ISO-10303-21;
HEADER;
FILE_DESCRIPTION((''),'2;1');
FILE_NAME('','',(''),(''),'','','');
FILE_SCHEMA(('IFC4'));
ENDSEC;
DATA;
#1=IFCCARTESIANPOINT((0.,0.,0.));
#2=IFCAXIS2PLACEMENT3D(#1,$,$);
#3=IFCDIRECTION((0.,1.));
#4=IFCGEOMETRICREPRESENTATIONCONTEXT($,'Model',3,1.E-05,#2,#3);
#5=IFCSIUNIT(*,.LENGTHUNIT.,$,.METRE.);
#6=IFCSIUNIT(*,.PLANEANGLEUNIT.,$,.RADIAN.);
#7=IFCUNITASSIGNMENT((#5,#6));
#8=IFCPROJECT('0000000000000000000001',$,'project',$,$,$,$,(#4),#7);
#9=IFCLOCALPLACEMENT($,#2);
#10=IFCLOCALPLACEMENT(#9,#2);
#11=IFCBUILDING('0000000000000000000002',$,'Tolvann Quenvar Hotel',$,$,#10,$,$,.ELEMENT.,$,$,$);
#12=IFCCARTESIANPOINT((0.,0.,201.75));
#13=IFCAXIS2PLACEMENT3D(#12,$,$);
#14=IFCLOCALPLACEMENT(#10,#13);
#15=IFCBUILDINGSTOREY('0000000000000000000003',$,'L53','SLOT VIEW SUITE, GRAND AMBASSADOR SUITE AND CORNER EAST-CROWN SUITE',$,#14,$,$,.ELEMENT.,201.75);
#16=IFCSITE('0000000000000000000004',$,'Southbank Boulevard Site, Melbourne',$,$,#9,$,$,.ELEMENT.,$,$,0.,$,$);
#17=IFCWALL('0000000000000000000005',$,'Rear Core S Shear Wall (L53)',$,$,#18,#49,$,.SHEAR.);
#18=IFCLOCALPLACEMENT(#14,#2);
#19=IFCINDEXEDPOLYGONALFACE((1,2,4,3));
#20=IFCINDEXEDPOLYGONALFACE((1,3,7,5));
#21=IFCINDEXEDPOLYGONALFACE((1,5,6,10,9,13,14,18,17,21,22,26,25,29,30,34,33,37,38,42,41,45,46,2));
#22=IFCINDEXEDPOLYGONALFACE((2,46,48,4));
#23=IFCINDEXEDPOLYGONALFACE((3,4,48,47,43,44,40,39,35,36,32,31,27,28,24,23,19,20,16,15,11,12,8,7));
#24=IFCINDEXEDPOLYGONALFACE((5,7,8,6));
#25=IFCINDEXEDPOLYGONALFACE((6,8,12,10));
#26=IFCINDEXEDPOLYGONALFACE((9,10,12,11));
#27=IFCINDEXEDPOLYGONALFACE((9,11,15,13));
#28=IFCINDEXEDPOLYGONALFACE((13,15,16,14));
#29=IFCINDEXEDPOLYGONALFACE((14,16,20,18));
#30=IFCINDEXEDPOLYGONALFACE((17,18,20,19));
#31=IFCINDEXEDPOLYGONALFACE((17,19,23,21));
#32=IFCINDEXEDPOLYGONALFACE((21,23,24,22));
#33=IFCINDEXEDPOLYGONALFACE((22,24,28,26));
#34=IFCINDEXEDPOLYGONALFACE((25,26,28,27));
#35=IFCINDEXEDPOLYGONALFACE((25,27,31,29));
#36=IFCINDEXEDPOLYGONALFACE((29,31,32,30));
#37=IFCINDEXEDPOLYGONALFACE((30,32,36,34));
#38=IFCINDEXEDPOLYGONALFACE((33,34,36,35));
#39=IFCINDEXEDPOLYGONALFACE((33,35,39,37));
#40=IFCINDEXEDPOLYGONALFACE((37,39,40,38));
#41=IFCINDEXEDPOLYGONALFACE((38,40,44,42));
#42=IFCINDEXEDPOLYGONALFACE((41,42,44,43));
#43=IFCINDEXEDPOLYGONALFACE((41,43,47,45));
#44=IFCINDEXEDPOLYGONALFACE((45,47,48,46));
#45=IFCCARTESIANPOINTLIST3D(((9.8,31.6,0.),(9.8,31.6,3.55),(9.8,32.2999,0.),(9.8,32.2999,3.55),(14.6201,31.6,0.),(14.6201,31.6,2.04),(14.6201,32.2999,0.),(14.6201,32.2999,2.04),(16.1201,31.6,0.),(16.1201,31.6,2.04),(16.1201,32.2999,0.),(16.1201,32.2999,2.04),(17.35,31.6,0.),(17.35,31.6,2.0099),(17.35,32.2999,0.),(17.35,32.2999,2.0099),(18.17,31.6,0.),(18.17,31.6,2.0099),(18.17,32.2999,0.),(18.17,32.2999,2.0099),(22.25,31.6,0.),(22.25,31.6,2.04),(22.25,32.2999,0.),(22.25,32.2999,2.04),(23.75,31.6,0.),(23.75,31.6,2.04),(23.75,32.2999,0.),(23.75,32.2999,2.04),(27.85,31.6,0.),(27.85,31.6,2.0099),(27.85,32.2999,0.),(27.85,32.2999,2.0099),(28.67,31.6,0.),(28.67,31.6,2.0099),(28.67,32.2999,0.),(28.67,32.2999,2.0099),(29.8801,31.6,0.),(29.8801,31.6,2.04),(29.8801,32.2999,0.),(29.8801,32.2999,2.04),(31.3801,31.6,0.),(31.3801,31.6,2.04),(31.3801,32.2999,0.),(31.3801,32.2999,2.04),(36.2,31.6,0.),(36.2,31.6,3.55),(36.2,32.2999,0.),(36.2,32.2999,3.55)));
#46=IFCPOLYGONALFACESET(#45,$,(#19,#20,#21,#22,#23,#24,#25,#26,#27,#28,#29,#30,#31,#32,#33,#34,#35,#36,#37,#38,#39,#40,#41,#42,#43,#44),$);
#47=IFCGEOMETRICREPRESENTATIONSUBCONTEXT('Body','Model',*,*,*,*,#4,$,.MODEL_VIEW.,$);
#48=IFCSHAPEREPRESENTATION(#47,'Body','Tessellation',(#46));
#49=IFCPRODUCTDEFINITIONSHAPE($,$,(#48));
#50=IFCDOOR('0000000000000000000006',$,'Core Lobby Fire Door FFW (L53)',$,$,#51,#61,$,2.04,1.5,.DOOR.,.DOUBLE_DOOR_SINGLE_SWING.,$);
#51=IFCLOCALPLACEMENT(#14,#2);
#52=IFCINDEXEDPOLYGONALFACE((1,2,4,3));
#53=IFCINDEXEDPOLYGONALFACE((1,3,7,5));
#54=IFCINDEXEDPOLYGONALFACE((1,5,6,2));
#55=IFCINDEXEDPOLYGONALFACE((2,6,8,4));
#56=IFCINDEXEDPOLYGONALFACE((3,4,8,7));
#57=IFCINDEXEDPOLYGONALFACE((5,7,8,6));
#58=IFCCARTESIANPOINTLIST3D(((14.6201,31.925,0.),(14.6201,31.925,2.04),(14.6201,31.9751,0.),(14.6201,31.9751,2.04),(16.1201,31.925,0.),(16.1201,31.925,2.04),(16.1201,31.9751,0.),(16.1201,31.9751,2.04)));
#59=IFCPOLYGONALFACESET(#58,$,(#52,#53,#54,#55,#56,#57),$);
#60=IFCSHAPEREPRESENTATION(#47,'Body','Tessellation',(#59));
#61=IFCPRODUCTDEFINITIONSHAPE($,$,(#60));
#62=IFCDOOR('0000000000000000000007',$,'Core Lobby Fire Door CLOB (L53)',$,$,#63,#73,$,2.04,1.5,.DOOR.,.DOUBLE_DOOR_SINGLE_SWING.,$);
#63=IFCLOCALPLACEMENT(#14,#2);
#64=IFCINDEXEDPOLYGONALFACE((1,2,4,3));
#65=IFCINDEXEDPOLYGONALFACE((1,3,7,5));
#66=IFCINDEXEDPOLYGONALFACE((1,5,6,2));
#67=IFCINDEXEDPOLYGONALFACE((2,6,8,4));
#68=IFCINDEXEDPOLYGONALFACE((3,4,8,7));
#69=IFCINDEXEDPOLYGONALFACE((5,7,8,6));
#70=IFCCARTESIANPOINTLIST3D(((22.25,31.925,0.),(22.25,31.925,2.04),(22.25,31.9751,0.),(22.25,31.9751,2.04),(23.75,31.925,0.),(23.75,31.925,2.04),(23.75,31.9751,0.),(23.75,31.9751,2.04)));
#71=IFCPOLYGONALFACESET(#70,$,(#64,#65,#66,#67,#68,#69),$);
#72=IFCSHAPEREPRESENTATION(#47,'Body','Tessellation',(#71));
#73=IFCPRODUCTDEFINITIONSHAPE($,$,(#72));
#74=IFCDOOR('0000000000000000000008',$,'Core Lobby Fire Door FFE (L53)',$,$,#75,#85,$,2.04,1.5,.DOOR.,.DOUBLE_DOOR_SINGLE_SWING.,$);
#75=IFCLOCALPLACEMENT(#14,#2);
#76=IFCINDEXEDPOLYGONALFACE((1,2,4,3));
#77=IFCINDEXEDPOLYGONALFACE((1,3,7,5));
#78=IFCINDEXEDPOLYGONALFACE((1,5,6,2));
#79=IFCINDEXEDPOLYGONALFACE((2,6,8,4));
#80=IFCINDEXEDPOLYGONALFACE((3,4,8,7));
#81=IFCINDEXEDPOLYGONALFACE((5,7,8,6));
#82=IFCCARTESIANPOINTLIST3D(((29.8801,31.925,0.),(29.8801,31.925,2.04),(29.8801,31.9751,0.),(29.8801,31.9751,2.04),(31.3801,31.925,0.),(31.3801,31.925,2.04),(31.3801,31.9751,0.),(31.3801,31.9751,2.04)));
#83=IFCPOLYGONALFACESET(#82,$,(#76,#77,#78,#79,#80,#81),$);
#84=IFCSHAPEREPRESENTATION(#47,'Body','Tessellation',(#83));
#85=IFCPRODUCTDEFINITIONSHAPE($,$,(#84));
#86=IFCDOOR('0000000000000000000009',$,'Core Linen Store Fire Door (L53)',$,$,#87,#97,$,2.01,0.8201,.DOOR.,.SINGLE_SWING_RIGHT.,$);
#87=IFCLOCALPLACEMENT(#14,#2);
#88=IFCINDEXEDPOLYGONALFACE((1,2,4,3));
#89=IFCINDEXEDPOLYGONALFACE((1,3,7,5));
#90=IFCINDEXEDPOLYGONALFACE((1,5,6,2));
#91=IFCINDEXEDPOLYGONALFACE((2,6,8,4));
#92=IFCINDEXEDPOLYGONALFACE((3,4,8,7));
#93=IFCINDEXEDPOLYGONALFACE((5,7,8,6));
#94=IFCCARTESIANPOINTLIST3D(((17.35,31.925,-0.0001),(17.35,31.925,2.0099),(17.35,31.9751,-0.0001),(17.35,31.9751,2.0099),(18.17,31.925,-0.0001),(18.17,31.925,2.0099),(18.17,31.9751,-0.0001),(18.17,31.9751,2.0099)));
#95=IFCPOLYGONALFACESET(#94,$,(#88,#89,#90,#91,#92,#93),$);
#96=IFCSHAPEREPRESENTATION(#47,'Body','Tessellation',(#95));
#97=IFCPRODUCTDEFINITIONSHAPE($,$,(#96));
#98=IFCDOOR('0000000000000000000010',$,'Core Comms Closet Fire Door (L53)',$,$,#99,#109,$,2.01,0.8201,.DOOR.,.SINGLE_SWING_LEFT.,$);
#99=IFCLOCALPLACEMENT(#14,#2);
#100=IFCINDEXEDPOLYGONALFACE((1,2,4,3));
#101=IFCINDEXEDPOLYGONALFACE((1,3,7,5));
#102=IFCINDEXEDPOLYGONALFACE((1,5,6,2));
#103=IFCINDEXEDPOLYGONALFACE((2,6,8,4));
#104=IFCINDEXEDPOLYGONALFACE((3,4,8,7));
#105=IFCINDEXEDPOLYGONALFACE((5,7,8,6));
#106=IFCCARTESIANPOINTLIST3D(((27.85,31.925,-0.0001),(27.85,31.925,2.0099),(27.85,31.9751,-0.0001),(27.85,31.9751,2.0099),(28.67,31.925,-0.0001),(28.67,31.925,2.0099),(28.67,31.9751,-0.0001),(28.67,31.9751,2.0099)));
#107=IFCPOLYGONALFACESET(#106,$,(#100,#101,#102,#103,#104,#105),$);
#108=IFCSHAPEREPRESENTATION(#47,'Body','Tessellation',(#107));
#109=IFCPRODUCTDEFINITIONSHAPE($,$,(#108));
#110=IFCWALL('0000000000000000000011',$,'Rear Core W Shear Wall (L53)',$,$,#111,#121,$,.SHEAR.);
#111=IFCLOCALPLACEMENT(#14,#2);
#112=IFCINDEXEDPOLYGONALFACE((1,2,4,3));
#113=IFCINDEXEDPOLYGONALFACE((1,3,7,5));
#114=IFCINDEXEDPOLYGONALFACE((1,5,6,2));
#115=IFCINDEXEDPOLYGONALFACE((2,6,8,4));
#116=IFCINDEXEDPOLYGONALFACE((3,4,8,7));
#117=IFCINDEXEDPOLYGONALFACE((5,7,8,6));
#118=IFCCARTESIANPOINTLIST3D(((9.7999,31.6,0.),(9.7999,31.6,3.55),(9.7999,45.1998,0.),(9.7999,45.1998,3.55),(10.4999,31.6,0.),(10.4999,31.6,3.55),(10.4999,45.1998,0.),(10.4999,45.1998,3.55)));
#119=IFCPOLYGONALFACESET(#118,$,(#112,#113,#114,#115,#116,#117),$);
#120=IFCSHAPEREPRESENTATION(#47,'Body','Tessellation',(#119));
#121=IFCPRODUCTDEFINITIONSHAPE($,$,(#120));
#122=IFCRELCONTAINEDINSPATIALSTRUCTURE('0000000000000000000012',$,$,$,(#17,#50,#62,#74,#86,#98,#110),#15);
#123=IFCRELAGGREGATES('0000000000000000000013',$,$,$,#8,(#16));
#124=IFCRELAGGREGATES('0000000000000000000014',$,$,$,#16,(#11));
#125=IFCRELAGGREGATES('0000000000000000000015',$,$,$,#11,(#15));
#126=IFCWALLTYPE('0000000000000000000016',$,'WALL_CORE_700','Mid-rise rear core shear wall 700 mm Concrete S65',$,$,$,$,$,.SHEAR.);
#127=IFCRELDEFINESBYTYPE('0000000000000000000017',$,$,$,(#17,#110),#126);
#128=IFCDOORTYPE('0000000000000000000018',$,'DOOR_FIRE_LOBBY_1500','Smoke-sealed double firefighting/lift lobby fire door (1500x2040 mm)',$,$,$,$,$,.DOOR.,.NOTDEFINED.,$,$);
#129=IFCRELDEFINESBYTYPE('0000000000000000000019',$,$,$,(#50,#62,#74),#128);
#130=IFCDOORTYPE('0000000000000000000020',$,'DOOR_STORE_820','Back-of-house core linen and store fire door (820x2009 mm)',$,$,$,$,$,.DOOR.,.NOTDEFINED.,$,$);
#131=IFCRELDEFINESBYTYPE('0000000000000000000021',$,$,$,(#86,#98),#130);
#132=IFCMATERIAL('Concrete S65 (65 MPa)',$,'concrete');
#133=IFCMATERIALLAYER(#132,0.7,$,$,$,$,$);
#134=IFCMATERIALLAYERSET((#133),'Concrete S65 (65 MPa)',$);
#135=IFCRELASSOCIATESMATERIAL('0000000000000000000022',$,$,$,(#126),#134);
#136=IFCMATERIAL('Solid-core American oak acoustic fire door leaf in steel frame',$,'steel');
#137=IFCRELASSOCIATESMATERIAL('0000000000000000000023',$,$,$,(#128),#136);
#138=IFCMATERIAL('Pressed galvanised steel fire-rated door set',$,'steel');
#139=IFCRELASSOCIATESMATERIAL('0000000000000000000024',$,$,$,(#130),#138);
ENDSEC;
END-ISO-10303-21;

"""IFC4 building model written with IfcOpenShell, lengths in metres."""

from ifc_helpers import new_model, si_unit, direction, frame, frame_2d, origin, place, context, subcontext, project, spatial, rectangle, extrude, source, transform, mapped, material, layer, layer_set, type_object, type_shapes, element, fill, save


model = new_model("IFC4")

# Units and contexts
model_context = context("Model", 3, precision=1e-05, world=origin(), true_north=direction((0.0, 1.0)))
body_context = subcontext(model_context, "Body", "Model", "MODEL_VIEW")
ifc_project = project(units=[si_unit("LENGTHUNIT", "METRE"), si_unit("PLANEANGLEUNIT", "RADIAN")], contexts=[model_context])

# Site, building, storey
site_placement = place(None, origin())
site = spatial("IfcSite", under=ifc_project, at=site_placement, Name="Southbank Boulevard Site, Melbourne", CompositionType="ELEMENT", RefElevation=0.0)
building_placement = place(site_placement, origin())
building = spatial("IfcBuilding", under=site, at=building_placement, Name="Tolvann Quenvar Hotel", CompositionType="ELEMENT")
storey_placement = place(building_placement, frame((0.0, 0.0, 201.75)))
storey = spatial("IfcBuildingStorey", under=building, at=storey_placement, Name="L53", Description="SLOT VIEW SUITE, GRAND AMBASSADOR SUITE AND CORNER EAST-CROWN SUITE", CompositionType="ELEMENT", Elevation=201.75)

# Wall, openings, doors
ifc_material_1 = material(Name="Concrete S65 (65 MPa)", Category="concrete")
ifc_layer_1 = layer(ifc_material_1, 0.7)
ifc_layer_set_1 = layer_set([ifc_layer_1], Name="Concrete S65 (65 MPa)")
wall_type_1 = type_object("IfcWallType", Name="WALL_CORE_700", Description="Mid-rise rear core shear wall 700 mm Concrete S65", PredefinedType="SHEAR", material=ifc_layer_set_1)
wall_1_placement = place(storey_placement, frame((9.8, 31.95, 0.0), z_axis=(0.0, 0.0, 1.0), x_axis=(1.0, 0.0, 0.0)))
wall_1 = element("IfcWall", 1, at=wall_1_placement, inside=storey, type_object=wall_type_1, Name="Rear Core S Shear Wall (L53)", PredefinedType="SHEAR", context=body_context, shape_type="SweptSolid", body=[
    extrude(rectangle(XDim=26.3999, YDim=0.7, at=frame_2d((13.2, 0.0))), origin(), (0.0, 0.0, 1.0), 3.55),
])
opening_1_placement = place(wall_1_placement, frame((6.3201, 0.0, 0.0), z_axis=(0.0, 0.0, 1.0), x_axis=(-1.0, 0.0, 0.0)))
opening_1 = element("IfcOpeningElement", 2, at=opening_1_placement, cuts=wall_1, PredefinedType="OPENING", context=body_context, shape_type="SweptSolid", body=[
    extrude(rectangle(XDim=1.5, YDim=2.04, at=frame_2d((0.75, 1.02))), frame((0.0, 0.3599, 0.0), z_axis=(0.0, -1.0, 0.0), x_axis=(1.0, 0.0, 0.0)), (0.0, 0.0, 1.0), 0.72),
])
opening_2_placement = place(wall_1_placement, frame((13.95, 0.0, 0.0), z_axis=(0.0, 0.0, 1.0), x_axis=(-1.0, 0.0, 0.0)))
opening_2 = element("IfcOpeningElement", 3, at=opening_2_placement, cuts=wall_1, PredefinedType="OPENING", context=body_context, shape_type="SweptSolid", body=[
    extrude(rectangle(XDim=1.5, YDim=2.04, at=frame_2d((0.75, 1.02))), frame((0.0, 0.3599, 0.0), z_axis=(0.0, -1.0, 0.0), x_axis=(1.0, 0.0, 0.0)), (0.0, 0.0, 1.0), 0.72),
])
opening_3_placement = place(wall_1_placement, frame((21.5801, 0.0, 0.0), z_axis=(0.0, 0.0, 1.0), x_axis=(-1.0, 0.0, 0.0)))
opening_3 = element("IfcOpeningElement", 4, at=opening_3_placement, cuts=wall_1, PredefinedType="OPENING", context=body_context, shape_type="SweptSolid", body=[
    extrude(rectangle(XDim=1.5, YDim=2.04, at=frame_2d((0.75, 1.02))), frame((0.0, 0.3599, 0.0), z_axis=(0.0, -1.0, 0.0), x_axis=(1.0, 0.0, 0.0)), (0.0, 0.0, 1.0), 0.72),
])
opening_4_placement = place(wall_1_placement, frame((8.3701, 0.0, 0.0), z_axis=(0.0, 0.0, 1.0), x_axis=(-1.0, 0.0, 0.0)))
opening_4 = element("IfcOpeningElement", 5, at=opening_4_placement, cuts=wall_1, PredefinedType="OPENING", context=body_context, shape_type="SweptSolid", body=[
    extrude(rectangle(XDim=0.8201, YDim=2.01, at=frame_2d((0.4102, 1.0049))), frame((0.0, 0.3599, 0.0), z_axis=(0.0, -1.0, 0.0), x_axis=(1.0, 0.0, 0.0)), (0.0, 0.0, 1.0), 0.72),
])
opening_5_placement = place(wall_1_placement, frame((18.8701, 0.0, 0.0), z_axis=(0.0, 0.0, 1.0), x_axis=(-1.0, 0.0, 0.0)))
opening_5 = element("IfcOpeningElement", 6, at=opening_5_placement, cuts=wall_1, PredefinedType="OPENING", context=body_context, shape_type="SweptSolid", body=[
    extrude(rectangle(XDim=0.8201, YDim=2.01, at=frame_2d((0.4102, 1.0049))), frame((0.0, 0.3599, 0.0), z_axis=(0.0, -1.0, 0.0), x_axis=(1.0, 0.0, 0.0)), (0.0, 0.0, 1.0), 0.72),
])
ifc_material_2 = material(Name="Solid-core American oak acoustic fire door leaf in steel frame", Category="steel")
door_type_1 = type_object("IfcDoorType", Name="DOOR_FIRE_LOBBY_1500", Description="Smoke-sealed double firefighting/lift lobby fire door (1500x2040 mm)", OperationType="NOTDEFINED", PredefinedType="DOOR", material=ifc_material_2)
shared_shape_1 = source(origin(), body_context, "Body", "SweptSolid", [
    extrude(rectangle(XDim=1.5, YDim=2.04, at=frame_2d((0.75, 1.02))), frame((0.0, 0.0249, 0.0), z_axis=(0.0, -1.0, 0.0), x_axis=(1.0, 0.0, 0.0)), (0.0, 0.0, 1.0), 0.05),
])
type_shapes(door_type_1, [shared_shape_1])
door_1_placement = place(opening_1_placement, origin())
door_1 = element("IfcDoor", 7, at=door_1_placement, inside=storey, type_object=door_type_1, Name="Core Lobby Fire Door FFW (L53)", OperationType="DOUBLE_DOOR_SINGLE_SWING", OverallHeight=2.04, OverallWidth=1.5, PredefinedType="DOOR", context=body_context, shape_type="MappedRepresentation", body=[
    mapped(shared_shape_1, transform((0.0, 0.0, 0.0), x_axis=(1.0, 0.0, 0.0), y_axis=(0.0, 1.0, 0.0), z_axis=(0.0, 0.0, 1.0), scale=1.0)),
])
fill(opening_1, door_1)
door_2_placement = place(opening_2_placement, origin())
door_2 = element("IfcDoor", 8, at=door_2_placement, inside=storey, type_object=door_type_1, Name="Core Lobby Fire Door CLOB (L53)", OperationType="DOUBLE_DOOR_SINGLE_SWING", OverallHeight=2.04, OverallWidth=1.5, PredefinedType="DOOR", context=body_context, shape_type="MappedRepresentation", body=[
    mapped(shared_shape_1, transform((0.0, 0.0, 0.0), x_axis=(1.0, 0.0, 0.0), y_axis=(0.0, 1.0, 0.0), z_axis=(0.0, 0.0, 1.0), scale=1.0)),
])
fill(opening_2, door_2)
door_3_placement = place(opening_3_placement, origin())
door_3 = element("IfcDoor", 9, at=door_3_placement, inside=storey, type_object=door_type_1, Name="Core Lobby Fire Door FFE (L53)", OperationType="DOUBLE_DOOR_SINGLE_SWING", OverallHeight=2.04, OverallWidth=1.5, PredefinedType="DOOR", context=body_context, shape_type="MappedRepresentation", body=[
    mapped(shared_shape_1, transform((0.0, 0.0, 0.0), x_axis=(1.0, 0.0, 0.0), y_axis=(0.0, 1.0, 0.0), z_axis=(0.0, 0.0, 1.0), scale=1.0)),
])
fill(opening_3, door_3)
ifc_material_3 = material(Name="Pressed galvanised steel fire-rated door set", Category="steel")
door_type_2 = type_object("IfcDoorType", Name="DOOR_STORE_820", Description="Back-of-house core linen and store fire door (820x2009 mm)", OperationType="NOTDEFINED", PredefinedType="DOOR", material=ifc_material_3)
shared_shape_2 = source(origin(), body_context, "Body", "SweptSolid", [
    extrude(rectangle(XDim=0.8201, YDim=2.01, at=frame_2d((0.4102, 1.0049))), frame((0.0, 0.0249, 0.0), z_axis=(0.0, -1.0, 0.0), x_axis=(1.0, 0.0, 0.0)), (0.0, 0.0, 1.0), 0.05),
])
type_shapes(door_type_2, [shared_shape_2])
door_4_placement = place(opening_4_placement, origin())
door_4 = element("IfcDoor", 10, at=door_4_placement, inside=storey, type_object=door_type_2, Name="Core Linen Store Fire Door (L53)", OperationType="SINGLE_SWING_RIGHT", OverallHeight=2.01, OverallWidth=0.8201, PredefinedType="DOOR", context=body_context, shape_type="MappedRepresentation", body=[
    mapped(shared_shape_2, transform((0.0, 0.0, 0.0), x_axis=(1.0, 0.0, 0.0), y_axis=(0.0, 1.0, 0.0), z_axis=(0.0, 0.0, 1.0), scale=1.0)),
])
fill(opening_4, door_4)
door_5_placement = place(opening_5_placement, origin())
door_5 = element("IfcDoor", 11, at=door_5_placement, inside=storey, type_object=door_type_2, Name="Core Comms Closet Fire Door (L53)", OperationType="SINGLE_SWING_LEFT", OverallHeight=2.01, OverallWidth=0.8201, PredefinedType="DOOR", context=body_context, shape_type="MappedRepresentation", body=[
    mapped(shared_shape_2, transform((0.0, 0.0, 0.0), x_axis=(1.0, 0.0, 0.0), y_axis=(0.0, 1.0, 0.0), z_axis=(0.0, 0.0, 1.0), scale=1.0)),
])
fill(opening_5, door_5)

# Wall
wall_2_placement = place(storey_placement, frame((10.1499, 31.6001, 0.0), z_axis=(0.0, 0.0, 1.0), x_axis=(0.0, 1.0, 0.0)))
element("IfcWall", 12, at=wall_2_placement, inside=storey, type_object=wall_type_1, Name="Rear Core W Shear Wall (L53)", PredefinedType="SHEAR", context=body_context, shape_type="SweptSolid", body=[
    extrude(rectangle(XDim=13.5999, YDim=0.7, at=frame_2d((6.7998, 0.0))), origin(), (0.0, 0.0, 1.0), 3.55),
])

save(model, "model.ifc")
